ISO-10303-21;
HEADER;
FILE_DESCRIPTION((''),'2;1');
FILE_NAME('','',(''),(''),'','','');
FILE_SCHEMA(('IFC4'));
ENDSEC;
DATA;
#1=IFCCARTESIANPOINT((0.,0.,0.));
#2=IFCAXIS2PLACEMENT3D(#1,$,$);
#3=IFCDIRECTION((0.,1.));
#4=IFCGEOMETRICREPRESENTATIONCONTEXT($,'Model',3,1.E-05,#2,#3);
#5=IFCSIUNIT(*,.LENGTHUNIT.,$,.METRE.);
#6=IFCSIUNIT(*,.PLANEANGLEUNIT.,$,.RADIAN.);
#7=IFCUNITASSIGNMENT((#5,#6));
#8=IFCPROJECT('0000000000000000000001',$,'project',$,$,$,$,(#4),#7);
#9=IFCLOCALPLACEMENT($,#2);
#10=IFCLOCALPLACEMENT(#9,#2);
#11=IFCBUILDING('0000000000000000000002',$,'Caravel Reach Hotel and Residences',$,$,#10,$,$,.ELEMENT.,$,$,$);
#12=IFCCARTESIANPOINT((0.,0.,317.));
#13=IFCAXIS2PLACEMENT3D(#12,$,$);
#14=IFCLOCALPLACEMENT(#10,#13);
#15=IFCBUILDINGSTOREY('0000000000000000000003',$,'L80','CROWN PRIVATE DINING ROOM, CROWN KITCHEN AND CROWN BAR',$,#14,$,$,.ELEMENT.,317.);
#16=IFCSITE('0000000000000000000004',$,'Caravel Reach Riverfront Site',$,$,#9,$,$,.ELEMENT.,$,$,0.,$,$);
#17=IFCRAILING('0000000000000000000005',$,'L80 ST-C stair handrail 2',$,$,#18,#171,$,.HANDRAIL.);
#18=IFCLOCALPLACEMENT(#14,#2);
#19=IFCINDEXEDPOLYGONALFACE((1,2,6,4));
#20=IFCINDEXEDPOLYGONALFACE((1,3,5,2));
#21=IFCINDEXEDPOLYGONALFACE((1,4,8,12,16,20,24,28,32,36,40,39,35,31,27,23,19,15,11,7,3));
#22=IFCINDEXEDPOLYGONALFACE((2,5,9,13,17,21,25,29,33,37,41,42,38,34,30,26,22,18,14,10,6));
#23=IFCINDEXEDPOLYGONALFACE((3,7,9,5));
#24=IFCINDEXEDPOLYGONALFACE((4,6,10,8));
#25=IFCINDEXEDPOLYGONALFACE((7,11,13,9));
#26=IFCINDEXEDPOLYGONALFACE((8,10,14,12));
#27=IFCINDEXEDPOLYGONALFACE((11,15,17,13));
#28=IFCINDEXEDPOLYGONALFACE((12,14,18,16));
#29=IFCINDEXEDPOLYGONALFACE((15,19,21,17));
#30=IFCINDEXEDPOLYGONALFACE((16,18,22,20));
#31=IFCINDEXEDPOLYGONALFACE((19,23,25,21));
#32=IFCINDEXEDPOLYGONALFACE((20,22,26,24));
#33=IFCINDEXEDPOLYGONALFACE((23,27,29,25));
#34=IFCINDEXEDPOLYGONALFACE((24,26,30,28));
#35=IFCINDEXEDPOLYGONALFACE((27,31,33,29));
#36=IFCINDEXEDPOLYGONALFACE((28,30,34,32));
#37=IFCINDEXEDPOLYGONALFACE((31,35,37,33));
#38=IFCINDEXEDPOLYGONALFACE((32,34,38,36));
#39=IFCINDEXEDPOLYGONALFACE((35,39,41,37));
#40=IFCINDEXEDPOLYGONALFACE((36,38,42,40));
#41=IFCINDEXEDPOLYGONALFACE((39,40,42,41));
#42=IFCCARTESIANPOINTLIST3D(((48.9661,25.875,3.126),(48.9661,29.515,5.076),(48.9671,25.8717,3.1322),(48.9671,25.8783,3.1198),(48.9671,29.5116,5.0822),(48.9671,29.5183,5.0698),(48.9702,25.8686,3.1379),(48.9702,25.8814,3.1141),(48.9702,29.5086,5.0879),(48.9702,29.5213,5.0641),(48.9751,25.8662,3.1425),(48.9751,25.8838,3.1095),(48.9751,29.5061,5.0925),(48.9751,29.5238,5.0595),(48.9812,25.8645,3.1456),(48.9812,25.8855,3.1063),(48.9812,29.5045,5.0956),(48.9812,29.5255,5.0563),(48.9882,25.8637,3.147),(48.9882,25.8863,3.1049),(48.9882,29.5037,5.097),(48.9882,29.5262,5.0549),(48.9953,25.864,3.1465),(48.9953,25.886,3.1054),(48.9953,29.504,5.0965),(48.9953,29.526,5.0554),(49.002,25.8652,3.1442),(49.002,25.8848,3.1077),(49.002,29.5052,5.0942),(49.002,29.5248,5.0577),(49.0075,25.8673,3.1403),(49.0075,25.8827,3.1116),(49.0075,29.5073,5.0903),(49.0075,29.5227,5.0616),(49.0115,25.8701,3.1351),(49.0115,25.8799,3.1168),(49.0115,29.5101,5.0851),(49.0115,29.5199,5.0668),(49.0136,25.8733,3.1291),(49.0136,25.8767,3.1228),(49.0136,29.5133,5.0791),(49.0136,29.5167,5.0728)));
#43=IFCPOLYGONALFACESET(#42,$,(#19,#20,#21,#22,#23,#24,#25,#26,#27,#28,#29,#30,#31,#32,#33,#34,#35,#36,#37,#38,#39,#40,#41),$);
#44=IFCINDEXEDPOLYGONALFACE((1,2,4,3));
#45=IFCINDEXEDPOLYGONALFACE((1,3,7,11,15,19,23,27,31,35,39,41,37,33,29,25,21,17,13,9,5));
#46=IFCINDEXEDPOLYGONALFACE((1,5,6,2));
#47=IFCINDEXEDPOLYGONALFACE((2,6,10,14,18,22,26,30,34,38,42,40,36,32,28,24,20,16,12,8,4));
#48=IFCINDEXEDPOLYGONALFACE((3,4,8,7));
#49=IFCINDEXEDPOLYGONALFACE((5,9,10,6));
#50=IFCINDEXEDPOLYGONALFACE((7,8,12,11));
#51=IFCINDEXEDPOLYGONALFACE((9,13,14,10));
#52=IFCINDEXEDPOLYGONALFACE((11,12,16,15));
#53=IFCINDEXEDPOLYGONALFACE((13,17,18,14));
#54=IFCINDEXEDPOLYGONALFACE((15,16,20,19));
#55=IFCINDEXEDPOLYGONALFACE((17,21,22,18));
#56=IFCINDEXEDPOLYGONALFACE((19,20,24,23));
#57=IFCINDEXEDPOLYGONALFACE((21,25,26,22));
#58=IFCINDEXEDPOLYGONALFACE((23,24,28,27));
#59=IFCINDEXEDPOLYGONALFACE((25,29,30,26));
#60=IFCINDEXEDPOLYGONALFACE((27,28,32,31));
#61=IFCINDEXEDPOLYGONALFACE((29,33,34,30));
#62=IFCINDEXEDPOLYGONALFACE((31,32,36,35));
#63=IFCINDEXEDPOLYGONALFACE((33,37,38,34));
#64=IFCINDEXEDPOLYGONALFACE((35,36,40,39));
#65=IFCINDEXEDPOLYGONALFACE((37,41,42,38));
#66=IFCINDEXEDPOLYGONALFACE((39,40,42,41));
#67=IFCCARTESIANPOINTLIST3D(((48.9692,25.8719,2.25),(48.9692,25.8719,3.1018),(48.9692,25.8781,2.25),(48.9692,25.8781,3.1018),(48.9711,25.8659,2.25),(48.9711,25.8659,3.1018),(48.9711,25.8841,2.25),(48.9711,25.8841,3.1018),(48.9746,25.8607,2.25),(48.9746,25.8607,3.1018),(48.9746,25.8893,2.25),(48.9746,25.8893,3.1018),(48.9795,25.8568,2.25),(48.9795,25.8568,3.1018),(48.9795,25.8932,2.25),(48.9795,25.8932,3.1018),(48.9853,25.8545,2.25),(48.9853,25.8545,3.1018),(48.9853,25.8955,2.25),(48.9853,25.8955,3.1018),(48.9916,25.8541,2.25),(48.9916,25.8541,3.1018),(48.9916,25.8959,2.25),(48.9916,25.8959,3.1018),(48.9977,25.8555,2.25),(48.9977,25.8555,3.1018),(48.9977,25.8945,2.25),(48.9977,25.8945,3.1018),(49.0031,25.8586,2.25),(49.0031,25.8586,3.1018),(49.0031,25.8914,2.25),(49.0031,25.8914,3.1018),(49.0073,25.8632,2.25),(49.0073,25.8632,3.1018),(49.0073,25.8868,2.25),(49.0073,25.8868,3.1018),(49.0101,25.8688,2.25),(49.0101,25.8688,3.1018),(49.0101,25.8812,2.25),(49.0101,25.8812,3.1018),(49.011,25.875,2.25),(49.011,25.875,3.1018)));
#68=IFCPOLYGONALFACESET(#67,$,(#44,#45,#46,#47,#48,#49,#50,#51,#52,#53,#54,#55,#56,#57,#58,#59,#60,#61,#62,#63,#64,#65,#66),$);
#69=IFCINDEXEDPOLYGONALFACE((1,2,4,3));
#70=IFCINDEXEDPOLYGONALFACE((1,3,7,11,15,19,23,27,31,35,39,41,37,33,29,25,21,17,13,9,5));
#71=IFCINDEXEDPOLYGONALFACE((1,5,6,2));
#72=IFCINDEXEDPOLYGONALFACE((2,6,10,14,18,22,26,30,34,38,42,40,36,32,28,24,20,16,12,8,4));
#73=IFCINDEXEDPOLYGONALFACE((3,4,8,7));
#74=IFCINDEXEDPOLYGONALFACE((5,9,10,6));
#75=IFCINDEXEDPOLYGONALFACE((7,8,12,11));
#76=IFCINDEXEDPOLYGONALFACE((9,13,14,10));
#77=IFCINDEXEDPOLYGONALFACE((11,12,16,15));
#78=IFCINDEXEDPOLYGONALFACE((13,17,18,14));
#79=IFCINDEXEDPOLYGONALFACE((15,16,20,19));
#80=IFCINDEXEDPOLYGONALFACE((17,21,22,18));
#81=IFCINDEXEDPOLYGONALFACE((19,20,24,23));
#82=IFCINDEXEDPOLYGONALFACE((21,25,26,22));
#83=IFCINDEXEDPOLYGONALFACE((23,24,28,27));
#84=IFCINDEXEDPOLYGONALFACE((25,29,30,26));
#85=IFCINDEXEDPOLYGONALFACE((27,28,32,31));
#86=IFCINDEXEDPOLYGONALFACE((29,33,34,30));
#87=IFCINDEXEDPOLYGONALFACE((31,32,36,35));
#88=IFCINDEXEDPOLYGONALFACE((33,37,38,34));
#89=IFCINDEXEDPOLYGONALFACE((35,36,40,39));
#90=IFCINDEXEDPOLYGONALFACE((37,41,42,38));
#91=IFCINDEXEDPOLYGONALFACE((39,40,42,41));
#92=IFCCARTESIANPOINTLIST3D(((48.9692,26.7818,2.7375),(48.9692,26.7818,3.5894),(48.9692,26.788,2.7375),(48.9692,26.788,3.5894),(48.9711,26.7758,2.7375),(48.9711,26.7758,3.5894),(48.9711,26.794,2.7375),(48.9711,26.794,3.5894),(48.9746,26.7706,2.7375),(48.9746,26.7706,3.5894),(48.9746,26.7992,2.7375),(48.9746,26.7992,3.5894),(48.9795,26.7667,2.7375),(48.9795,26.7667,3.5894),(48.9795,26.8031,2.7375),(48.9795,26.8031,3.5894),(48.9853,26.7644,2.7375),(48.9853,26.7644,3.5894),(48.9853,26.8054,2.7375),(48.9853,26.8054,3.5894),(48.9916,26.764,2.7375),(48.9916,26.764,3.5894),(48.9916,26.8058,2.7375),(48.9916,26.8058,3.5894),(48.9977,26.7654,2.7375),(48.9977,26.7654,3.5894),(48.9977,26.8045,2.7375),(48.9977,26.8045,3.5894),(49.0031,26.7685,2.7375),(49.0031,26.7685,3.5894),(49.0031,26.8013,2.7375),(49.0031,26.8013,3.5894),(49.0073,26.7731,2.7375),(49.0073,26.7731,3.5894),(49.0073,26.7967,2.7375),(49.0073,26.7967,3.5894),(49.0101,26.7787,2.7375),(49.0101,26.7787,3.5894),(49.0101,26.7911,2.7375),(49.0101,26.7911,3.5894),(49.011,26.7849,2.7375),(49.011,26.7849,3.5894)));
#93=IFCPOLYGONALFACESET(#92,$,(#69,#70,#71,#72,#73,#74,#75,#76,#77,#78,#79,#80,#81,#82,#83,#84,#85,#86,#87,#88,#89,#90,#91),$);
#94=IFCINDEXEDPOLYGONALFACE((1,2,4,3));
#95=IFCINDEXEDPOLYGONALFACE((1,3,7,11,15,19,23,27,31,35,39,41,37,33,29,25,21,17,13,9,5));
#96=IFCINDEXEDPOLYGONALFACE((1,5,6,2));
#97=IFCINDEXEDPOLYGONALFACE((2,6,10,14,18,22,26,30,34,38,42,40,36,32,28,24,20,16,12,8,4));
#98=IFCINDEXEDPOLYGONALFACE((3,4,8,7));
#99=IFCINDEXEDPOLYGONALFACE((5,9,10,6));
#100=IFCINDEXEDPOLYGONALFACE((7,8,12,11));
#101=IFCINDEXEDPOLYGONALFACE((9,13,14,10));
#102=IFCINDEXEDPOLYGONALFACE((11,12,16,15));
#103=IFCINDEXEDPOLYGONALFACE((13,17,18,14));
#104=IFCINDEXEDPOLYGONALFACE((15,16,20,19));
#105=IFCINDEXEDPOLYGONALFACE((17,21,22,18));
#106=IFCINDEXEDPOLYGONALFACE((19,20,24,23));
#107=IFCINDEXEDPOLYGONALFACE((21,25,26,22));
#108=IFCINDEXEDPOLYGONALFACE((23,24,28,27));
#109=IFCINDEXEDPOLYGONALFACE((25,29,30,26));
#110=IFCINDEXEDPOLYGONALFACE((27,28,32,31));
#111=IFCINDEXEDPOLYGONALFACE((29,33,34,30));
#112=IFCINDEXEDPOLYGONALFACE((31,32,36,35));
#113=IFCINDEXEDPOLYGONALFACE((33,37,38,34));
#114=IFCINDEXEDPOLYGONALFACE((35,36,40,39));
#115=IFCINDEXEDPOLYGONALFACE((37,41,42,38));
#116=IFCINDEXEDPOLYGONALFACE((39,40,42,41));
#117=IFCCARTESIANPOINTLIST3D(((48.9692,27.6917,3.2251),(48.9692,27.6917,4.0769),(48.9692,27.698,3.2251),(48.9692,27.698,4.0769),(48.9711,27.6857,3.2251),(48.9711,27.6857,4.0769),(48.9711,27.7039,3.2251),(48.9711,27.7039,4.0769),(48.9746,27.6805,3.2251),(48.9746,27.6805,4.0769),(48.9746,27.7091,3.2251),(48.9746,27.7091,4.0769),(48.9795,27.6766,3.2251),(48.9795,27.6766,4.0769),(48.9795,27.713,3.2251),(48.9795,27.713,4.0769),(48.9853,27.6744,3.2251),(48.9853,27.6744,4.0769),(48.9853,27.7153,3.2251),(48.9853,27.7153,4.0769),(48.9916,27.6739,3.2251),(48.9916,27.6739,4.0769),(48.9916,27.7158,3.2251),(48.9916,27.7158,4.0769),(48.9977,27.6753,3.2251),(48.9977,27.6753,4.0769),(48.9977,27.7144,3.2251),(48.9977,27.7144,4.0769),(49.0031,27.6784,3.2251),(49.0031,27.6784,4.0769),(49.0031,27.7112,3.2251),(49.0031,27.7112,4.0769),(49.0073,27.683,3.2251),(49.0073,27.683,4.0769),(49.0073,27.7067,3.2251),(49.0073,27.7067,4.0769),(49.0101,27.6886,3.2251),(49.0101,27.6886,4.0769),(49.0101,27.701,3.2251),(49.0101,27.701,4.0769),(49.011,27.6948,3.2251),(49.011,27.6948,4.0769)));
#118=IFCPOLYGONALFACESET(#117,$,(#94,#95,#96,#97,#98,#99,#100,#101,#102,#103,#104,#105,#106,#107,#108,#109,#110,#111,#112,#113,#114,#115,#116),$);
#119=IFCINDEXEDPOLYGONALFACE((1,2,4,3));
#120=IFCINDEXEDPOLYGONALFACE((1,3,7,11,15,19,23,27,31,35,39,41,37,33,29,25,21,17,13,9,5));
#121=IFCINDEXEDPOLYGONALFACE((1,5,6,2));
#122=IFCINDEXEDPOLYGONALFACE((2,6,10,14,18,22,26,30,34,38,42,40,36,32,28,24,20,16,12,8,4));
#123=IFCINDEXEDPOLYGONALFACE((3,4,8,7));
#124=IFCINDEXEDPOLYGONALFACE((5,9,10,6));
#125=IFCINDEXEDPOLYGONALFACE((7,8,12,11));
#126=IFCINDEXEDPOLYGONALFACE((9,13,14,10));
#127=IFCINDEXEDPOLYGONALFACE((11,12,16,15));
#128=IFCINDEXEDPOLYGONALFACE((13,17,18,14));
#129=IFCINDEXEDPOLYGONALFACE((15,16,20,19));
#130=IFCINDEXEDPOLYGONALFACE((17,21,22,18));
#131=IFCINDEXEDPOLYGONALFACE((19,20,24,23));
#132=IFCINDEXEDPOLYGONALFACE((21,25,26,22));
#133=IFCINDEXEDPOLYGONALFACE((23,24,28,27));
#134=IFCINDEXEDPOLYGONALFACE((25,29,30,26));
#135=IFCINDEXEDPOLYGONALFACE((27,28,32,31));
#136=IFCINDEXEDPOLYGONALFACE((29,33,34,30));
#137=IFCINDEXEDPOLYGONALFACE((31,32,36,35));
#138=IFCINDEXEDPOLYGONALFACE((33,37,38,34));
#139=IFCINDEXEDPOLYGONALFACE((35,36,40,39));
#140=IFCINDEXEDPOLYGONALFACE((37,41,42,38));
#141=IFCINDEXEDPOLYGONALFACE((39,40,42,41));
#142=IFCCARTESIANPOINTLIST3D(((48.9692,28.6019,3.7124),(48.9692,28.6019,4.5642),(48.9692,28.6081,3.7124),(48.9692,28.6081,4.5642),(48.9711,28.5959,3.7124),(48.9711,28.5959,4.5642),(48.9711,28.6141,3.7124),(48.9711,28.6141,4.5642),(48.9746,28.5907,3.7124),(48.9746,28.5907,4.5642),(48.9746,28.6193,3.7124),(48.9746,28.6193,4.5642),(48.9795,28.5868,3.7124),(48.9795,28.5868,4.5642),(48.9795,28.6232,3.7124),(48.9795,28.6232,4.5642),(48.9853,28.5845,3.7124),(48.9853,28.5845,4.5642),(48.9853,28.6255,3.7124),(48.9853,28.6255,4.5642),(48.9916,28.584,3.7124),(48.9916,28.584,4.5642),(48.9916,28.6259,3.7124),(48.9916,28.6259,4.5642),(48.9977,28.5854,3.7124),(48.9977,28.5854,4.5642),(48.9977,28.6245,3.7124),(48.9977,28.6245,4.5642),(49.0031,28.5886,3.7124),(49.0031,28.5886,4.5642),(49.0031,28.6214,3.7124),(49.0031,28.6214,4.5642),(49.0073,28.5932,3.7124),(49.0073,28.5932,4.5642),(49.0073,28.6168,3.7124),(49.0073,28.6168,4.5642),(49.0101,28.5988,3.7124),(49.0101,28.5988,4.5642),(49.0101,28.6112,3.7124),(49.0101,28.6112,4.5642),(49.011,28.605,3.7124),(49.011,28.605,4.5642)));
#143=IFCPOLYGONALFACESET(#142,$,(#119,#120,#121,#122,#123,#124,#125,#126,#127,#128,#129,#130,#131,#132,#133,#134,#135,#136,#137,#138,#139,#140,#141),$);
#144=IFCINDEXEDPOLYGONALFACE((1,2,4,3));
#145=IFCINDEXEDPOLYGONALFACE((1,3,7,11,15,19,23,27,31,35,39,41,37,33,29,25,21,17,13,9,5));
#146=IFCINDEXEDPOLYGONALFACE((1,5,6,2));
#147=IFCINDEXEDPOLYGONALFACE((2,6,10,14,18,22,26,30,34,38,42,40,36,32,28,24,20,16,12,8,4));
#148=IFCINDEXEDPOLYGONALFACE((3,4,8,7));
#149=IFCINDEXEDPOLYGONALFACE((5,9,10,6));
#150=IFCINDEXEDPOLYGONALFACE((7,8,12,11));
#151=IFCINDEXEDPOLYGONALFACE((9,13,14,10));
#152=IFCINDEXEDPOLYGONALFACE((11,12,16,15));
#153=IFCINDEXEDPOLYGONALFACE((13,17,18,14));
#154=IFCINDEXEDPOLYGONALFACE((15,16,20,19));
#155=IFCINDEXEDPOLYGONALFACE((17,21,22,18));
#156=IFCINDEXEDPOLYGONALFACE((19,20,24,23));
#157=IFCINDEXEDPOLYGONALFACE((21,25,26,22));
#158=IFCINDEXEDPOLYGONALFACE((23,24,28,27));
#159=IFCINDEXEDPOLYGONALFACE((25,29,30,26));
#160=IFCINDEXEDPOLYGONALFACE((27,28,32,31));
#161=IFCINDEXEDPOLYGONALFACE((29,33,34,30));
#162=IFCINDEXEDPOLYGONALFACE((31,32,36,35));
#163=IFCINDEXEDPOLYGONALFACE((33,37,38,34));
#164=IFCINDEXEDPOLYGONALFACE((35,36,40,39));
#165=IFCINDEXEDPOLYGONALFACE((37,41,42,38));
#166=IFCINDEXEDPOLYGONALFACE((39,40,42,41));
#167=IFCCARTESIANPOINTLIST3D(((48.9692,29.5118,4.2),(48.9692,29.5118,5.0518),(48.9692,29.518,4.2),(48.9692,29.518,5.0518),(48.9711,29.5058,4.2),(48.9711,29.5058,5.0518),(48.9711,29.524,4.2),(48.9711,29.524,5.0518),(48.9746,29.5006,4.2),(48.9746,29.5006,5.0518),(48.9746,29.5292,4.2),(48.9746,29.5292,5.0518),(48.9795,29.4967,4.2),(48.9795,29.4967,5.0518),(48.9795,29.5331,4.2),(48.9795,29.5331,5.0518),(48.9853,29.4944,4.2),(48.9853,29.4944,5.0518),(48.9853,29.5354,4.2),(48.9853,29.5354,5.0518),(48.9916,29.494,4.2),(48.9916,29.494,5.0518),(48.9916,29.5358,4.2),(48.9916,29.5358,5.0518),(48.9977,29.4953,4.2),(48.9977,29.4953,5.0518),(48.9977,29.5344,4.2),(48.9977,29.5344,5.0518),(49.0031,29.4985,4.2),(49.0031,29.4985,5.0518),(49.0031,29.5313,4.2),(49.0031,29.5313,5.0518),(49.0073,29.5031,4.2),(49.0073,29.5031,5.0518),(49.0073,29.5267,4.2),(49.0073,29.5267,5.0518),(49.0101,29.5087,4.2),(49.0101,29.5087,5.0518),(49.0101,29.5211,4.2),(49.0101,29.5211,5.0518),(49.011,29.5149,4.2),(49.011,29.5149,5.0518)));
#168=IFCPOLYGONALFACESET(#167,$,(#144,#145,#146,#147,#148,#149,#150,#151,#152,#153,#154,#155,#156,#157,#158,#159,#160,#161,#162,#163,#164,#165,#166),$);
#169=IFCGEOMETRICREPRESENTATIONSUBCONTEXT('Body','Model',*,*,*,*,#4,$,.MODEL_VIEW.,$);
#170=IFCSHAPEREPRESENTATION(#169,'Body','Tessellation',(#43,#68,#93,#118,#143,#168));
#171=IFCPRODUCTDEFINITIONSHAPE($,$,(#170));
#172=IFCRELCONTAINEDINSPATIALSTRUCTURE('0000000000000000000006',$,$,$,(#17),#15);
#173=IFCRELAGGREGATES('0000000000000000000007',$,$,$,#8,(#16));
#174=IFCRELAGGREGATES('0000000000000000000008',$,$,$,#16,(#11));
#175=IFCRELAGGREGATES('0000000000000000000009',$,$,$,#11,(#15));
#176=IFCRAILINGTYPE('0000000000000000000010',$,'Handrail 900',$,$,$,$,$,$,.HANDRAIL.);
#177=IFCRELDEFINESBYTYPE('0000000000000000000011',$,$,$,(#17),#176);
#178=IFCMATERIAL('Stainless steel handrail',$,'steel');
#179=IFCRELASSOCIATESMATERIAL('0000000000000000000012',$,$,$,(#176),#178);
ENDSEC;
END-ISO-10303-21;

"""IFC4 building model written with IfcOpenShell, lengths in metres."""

from ifc_helpers import new_model, si_unit, direction, frame, origin, origin_2d, place, context, subcontext, project, spatial, circle, extrude, material, type_object, element, save


model = new_model("IFC4")

# Units and contexts
model_context = context("Model", 3, precision=1e-05, world=origin(), true_north=direction((0.0, 1.0)))
body_context = subcontext(model_context, "Body", "Model", "MODEL_VIEW")
ifc_project = project(units=[si_unit("LENGTHUNIT", "METRE"), si_unit("PLANEANGLEUNIT", "RADIAN")], contexts=[model_context])

# Site, building, storey
site_placement = place(None, origin())
site = spatial("IfcSite", under=ifc_project, at=site_placement, Name="Caravel Reach Riverfront Site", CompositionType="ELEMENT", RefElevation=0.0)
building_placement = place(site_placement, origin())
building = spatial("IfcBuilding", under=site, at=building_placement, Name="Caravel Reach Hotel and Residences", CompositionType="ELEMENT")
storey_placement = place(building_placement, frame((0.0, 0.0, 317.0)))
storey = spatial("IfcBuildingStorey", under=building, at=storey_placement, Name="L80", Description="CROWN PRIVATE DINING ROOM, CROWN KITCHEN AND CROWN BAR", CompositionType="ELEMENT", Elevation=317.0)

# Railing
ifc_material_1 = material(Name="Stainless steel handrail", Category="steel")
railing_type_1 = type_object("IfcRailingType", Name="Handrail 900", PredefinedType="HANDRAIL", material=ifc_material_1)
railing_1_placement = place(storey_placement, frame((48.99, 25.875, 2.25)))
element("IfcRailing", 1, at=railing_1_placement, inside=storey, type_object=railing_type_1, Name="L80 ST-C stair handrail 2", PredefinedType="HANDRAIL", context=body_context, shape_type="SweptSolid", body=[
    extrude(circle(Radius=0.0239, at=origin_2d()), frame((0.0, 0.0, 0.876), z_axis=(0.0, 0.881479, 0.472223), x_axis=(-1.0, 0.0, 0.0)), (0.0, 0.0, 1.0), 4.1294),
    extrude(circle(Radius=0.021, at=origin_2d()), origin(), (0.0, 0.0, 1.0), 0.8518),
    extrude(circle(Radius=0.021, at=origin_2d()), frame((0.0, 0.9099, 0.4875)), (0.0, 0.0, 1.0), 0.8518),
    extrude(circle(Radius=0.021, at=origin_2d()), frame((0.0, 1.8198, 0.9751)), (0.0, 0.0, 1.0), 0.8518),
    extrude(circle(Radius=0.021, at=origin_2d()), frame((0.0, 2.73, 1.4624)), (0.0, 0.0, 1.0), 0.8518),
    extrude(circle(Radius=0.021, at=origin_2d()), frame((0.0, 3.6399, 1.95)), (0.0, 0.0, 1.0), 0.8518),
])

save(model, "model.ifc")
